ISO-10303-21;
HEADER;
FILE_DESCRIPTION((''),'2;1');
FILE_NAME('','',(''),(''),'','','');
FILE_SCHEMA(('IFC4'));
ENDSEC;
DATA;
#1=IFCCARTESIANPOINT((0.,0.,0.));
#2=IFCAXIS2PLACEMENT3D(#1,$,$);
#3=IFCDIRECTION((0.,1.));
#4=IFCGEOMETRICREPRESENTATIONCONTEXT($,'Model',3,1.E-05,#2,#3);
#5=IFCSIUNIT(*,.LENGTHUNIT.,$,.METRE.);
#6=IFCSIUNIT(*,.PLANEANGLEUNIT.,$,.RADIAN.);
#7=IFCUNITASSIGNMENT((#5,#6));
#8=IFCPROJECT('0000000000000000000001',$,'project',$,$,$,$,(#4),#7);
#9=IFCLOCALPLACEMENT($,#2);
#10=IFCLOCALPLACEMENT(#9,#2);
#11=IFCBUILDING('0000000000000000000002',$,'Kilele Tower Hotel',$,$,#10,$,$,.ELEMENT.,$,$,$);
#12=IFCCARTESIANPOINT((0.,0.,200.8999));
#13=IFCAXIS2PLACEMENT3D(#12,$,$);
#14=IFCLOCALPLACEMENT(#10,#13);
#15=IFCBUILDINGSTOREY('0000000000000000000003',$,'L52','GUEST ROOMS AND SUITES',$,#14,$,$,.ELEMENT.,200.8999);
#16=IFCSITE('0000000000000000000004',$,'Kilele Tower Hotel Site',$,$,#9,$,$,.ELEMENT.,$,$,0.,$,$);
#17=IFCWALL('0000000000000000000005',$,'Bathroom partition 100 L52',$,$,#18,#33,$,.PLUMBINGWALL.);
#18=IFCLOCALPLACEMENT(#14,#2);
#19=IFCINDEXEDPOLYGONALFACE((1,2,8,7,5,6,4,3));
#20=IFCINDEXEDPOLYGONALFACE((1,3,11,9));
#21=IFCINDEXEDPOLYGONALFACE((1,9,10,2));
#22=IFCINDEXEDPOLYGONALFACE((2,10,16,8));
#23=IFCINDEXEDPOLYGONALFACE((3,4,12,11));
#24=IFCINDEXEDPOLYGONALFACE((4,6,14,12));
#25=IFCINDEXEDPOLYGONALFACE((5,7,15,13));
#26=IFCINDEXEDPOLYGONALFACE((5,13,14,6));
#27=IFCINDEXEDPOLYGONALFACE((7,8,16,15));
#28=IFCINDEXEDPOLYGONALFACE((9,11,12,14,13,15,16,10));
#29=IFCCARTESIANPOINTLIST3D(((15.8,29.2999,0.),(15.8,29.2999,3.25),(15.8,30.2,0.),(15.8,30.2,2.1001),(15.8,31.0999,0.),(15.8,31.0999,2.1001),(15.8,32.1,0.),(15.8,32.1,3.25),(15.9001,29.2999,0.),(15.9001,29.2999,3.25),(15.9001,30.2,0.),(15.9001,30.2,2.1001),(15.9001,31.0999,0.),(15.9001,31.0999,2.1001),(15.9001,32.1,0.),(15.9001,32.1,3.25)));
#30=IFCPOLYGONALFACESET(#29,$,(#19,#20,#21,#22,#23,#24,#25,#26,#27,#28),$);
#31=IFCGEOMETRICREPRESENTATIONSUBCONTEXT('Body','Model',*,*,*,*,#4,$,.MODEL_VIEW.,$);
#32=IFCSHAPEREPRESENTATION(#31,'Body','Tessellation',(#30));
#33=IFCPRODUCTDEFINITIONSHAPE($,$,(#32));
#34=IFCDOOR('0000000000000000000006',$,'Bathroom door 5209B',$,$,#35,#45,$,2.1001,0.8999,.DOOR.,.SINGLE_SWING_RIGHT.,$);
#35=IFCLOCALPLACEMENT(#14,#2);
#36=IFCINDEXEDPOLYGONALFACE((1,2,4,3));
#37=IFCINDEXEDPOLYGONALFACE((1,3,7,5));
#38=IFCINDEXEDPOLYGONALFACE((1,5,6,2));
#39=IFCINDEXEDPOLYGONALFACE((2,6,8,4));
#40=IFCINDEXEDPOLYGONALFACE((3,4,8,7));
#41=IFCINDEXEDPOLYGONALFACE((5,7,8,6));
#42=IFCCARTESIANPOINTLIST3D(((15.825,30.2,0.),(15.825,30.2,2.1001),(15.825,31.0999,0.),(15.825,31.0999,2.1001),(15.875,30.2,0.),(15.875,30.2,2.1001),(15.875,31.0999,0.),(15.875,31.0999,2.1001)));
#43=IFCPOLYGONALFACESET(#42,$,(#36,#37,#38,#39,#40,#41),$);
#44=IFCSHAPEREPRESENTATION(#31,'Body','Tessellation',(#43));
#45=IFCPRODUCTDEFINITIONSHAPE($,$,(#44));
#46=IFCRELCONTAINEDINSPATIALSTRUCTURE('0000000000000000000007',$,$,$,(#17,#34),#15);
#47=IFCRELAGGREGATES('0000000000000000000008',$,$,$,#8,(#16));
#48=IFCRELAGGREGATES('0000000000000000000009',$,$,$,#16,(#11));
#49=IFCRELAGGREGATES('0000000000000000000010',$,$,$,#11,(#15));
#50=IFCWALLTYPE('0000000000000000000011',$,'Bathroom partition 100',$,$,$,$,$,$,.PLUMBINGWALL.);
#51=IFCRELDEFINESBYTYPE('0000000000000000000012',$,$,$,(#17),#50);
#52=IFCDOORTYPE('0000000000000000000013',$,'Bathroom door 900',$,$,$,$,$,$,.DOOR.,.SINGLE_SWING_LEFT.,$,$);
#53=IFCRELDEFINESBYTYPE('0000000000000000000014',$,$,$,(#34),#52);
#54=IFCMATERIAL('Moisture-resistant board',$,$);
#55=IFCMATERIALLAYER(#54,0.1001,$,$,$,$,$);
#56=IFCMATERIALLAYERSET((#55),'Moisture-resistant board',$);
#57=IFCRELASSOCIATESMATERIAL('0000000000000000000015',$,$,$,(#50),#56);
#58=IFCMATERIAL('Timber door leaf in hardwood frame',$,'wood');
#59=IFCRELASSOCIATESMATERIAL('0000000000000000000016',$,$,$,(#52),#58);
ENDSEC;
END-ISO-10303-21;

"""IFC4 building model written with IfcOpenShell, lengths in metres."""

from ifc_helpers import new_model, si_unit, direction, frame, frame_2d, origin, place, context, subcontext, project, spatial, rectangle, extrude, material, layer, layer_set, type_object, element, fill, save


model = new_model("IFC4")

# Units and contexts
model_context = context("Model", 3, precision=1e-05, world=origin(), true_north=direction((0.0, 1.0)))
body_context = subcontext(model_context, "Body", "Model", "MODEL_VIEW")
ifc_project = project(units=[si_unit("LENGTHUNIT", "METRE"), si_unit("PLANEANGLEUNIT", "RADIAN")], contexts=[model_context])

# Site, building, storey
site_placement = place(None, origin())
site = spatial("IfcSite", under=ifc_project, at=site_placement, Name="Kilele Tower Hotel Site", CompositionType="ELEMENT", RefElevation=0.0)
building_placement = place(site_placement, origin())
building = spatial("IfcBuilding", under=site, at=building_placement, Name="Kilele Tower Hotel", CompositionType="ELEMENT")
storey_placement = place(building_placement, frame((0.0, 0.0, 200.8999)))
storey = spatial("IfcBuildingStorey", under=building, at=storey_placement, Name="L52", Description="GUEST ROOMS AND SUITES", CompositionType="ELEMENT", Elevation=200.8999)

# Wall, opening, door
ifc_material_1 = material(Name="Moisture-resistant board")
ifc_layer_1 = layer(ifc_material_1, 0.1001)
ifc_layer_set_1 = layer_set([ifc_layer_1], Name="Moisture-resistant board")
wall_type_1 = type_object("IfcWallType", Name="Bathroom partition 100", PredefinedType="PLUMBINGWALL", material=ifc_layer_set_1)
wall_1_placement = place(storey_placement, frame((15.8501, 29.3, 0.0), z_axis=(0.0, 0.0, 1.0), x_axis=(0.0, 1.0, 0.0)))
wall_1 = element("IfcWall", 1, at=wall_1_placement, inside=storey, type_object=wall_type_1, Name="Bathroom partition 100 L52", PredefinedType="PLUMBINGWALL", context=body_context, shape_type="SweptSolid", body=[
    extrude(rectangle(XDim=2.8, YDim=0.1001, at=frame_2d((1.3999, 0.0))), origin(), (0.0, 0.0, 1.0), 3.25),
])
opening_1_placement = place(wall_1_placement, frame((1.7998, 0.0, 0.0), z_axis=(0.0, 0.0, 1.0), x_axis=(-1.0, 0.0, 0.0)))
opening_1 = element("IfcOpeningElement", 2, at=opening_1_placement, cuts=wall_1, PredefinedType="OPENING", context=body_context, shape_type="SweptSolid", body=[
    extrude(rectangle(XDim=0.8999, YDim=2.1001, at=frame_2d((0.45, 1.05))), frame((0.0, 0.0601, 0.0), z_axis=(0.0, -1.0, 0.0), x_axis=(1.0, 0.0, 0.0)), (0.0, 0.0, 1.0), 0.1201),
])
ifc_material_2 = material(Name="Timber door leaf in hardwood frame", Category="wood")
door_type_1 = type_object("IfcDoorType", Name="Bathroom door 900", OperationType="SINGLE_SWING_LEFT", PredefinedType="DOOR", material=ifc_material_2)
door_1_placement = place(opening_1_placement, origin())
door_1 = element("IfcDoor", 3, at=door_1_placement, inside=storey, type_object=door_type_1, Name="Bathroom door 5209B", OperationType="SINGLE_SWING_RIGHT", OverallHeight=2.1001, OverallWidth=0.8999, PredefinedType="DOOR", context=body_context, shape_type="SweptSolid", body=[
    extrude(rectangle(XDim=0.8999, YDim=2.1001, at=frame_2d((0.45, 1.05))), frame((0.0, 0.0249, 0.0), z_axis=(0.0, -1.0, 0.0), x_axis=(1.0, 0.0, 0.0)), (0.0, 0.0, 1.0), 0.05),
])
fill(opening_1, door_1)

save(model, "model.ifc")
